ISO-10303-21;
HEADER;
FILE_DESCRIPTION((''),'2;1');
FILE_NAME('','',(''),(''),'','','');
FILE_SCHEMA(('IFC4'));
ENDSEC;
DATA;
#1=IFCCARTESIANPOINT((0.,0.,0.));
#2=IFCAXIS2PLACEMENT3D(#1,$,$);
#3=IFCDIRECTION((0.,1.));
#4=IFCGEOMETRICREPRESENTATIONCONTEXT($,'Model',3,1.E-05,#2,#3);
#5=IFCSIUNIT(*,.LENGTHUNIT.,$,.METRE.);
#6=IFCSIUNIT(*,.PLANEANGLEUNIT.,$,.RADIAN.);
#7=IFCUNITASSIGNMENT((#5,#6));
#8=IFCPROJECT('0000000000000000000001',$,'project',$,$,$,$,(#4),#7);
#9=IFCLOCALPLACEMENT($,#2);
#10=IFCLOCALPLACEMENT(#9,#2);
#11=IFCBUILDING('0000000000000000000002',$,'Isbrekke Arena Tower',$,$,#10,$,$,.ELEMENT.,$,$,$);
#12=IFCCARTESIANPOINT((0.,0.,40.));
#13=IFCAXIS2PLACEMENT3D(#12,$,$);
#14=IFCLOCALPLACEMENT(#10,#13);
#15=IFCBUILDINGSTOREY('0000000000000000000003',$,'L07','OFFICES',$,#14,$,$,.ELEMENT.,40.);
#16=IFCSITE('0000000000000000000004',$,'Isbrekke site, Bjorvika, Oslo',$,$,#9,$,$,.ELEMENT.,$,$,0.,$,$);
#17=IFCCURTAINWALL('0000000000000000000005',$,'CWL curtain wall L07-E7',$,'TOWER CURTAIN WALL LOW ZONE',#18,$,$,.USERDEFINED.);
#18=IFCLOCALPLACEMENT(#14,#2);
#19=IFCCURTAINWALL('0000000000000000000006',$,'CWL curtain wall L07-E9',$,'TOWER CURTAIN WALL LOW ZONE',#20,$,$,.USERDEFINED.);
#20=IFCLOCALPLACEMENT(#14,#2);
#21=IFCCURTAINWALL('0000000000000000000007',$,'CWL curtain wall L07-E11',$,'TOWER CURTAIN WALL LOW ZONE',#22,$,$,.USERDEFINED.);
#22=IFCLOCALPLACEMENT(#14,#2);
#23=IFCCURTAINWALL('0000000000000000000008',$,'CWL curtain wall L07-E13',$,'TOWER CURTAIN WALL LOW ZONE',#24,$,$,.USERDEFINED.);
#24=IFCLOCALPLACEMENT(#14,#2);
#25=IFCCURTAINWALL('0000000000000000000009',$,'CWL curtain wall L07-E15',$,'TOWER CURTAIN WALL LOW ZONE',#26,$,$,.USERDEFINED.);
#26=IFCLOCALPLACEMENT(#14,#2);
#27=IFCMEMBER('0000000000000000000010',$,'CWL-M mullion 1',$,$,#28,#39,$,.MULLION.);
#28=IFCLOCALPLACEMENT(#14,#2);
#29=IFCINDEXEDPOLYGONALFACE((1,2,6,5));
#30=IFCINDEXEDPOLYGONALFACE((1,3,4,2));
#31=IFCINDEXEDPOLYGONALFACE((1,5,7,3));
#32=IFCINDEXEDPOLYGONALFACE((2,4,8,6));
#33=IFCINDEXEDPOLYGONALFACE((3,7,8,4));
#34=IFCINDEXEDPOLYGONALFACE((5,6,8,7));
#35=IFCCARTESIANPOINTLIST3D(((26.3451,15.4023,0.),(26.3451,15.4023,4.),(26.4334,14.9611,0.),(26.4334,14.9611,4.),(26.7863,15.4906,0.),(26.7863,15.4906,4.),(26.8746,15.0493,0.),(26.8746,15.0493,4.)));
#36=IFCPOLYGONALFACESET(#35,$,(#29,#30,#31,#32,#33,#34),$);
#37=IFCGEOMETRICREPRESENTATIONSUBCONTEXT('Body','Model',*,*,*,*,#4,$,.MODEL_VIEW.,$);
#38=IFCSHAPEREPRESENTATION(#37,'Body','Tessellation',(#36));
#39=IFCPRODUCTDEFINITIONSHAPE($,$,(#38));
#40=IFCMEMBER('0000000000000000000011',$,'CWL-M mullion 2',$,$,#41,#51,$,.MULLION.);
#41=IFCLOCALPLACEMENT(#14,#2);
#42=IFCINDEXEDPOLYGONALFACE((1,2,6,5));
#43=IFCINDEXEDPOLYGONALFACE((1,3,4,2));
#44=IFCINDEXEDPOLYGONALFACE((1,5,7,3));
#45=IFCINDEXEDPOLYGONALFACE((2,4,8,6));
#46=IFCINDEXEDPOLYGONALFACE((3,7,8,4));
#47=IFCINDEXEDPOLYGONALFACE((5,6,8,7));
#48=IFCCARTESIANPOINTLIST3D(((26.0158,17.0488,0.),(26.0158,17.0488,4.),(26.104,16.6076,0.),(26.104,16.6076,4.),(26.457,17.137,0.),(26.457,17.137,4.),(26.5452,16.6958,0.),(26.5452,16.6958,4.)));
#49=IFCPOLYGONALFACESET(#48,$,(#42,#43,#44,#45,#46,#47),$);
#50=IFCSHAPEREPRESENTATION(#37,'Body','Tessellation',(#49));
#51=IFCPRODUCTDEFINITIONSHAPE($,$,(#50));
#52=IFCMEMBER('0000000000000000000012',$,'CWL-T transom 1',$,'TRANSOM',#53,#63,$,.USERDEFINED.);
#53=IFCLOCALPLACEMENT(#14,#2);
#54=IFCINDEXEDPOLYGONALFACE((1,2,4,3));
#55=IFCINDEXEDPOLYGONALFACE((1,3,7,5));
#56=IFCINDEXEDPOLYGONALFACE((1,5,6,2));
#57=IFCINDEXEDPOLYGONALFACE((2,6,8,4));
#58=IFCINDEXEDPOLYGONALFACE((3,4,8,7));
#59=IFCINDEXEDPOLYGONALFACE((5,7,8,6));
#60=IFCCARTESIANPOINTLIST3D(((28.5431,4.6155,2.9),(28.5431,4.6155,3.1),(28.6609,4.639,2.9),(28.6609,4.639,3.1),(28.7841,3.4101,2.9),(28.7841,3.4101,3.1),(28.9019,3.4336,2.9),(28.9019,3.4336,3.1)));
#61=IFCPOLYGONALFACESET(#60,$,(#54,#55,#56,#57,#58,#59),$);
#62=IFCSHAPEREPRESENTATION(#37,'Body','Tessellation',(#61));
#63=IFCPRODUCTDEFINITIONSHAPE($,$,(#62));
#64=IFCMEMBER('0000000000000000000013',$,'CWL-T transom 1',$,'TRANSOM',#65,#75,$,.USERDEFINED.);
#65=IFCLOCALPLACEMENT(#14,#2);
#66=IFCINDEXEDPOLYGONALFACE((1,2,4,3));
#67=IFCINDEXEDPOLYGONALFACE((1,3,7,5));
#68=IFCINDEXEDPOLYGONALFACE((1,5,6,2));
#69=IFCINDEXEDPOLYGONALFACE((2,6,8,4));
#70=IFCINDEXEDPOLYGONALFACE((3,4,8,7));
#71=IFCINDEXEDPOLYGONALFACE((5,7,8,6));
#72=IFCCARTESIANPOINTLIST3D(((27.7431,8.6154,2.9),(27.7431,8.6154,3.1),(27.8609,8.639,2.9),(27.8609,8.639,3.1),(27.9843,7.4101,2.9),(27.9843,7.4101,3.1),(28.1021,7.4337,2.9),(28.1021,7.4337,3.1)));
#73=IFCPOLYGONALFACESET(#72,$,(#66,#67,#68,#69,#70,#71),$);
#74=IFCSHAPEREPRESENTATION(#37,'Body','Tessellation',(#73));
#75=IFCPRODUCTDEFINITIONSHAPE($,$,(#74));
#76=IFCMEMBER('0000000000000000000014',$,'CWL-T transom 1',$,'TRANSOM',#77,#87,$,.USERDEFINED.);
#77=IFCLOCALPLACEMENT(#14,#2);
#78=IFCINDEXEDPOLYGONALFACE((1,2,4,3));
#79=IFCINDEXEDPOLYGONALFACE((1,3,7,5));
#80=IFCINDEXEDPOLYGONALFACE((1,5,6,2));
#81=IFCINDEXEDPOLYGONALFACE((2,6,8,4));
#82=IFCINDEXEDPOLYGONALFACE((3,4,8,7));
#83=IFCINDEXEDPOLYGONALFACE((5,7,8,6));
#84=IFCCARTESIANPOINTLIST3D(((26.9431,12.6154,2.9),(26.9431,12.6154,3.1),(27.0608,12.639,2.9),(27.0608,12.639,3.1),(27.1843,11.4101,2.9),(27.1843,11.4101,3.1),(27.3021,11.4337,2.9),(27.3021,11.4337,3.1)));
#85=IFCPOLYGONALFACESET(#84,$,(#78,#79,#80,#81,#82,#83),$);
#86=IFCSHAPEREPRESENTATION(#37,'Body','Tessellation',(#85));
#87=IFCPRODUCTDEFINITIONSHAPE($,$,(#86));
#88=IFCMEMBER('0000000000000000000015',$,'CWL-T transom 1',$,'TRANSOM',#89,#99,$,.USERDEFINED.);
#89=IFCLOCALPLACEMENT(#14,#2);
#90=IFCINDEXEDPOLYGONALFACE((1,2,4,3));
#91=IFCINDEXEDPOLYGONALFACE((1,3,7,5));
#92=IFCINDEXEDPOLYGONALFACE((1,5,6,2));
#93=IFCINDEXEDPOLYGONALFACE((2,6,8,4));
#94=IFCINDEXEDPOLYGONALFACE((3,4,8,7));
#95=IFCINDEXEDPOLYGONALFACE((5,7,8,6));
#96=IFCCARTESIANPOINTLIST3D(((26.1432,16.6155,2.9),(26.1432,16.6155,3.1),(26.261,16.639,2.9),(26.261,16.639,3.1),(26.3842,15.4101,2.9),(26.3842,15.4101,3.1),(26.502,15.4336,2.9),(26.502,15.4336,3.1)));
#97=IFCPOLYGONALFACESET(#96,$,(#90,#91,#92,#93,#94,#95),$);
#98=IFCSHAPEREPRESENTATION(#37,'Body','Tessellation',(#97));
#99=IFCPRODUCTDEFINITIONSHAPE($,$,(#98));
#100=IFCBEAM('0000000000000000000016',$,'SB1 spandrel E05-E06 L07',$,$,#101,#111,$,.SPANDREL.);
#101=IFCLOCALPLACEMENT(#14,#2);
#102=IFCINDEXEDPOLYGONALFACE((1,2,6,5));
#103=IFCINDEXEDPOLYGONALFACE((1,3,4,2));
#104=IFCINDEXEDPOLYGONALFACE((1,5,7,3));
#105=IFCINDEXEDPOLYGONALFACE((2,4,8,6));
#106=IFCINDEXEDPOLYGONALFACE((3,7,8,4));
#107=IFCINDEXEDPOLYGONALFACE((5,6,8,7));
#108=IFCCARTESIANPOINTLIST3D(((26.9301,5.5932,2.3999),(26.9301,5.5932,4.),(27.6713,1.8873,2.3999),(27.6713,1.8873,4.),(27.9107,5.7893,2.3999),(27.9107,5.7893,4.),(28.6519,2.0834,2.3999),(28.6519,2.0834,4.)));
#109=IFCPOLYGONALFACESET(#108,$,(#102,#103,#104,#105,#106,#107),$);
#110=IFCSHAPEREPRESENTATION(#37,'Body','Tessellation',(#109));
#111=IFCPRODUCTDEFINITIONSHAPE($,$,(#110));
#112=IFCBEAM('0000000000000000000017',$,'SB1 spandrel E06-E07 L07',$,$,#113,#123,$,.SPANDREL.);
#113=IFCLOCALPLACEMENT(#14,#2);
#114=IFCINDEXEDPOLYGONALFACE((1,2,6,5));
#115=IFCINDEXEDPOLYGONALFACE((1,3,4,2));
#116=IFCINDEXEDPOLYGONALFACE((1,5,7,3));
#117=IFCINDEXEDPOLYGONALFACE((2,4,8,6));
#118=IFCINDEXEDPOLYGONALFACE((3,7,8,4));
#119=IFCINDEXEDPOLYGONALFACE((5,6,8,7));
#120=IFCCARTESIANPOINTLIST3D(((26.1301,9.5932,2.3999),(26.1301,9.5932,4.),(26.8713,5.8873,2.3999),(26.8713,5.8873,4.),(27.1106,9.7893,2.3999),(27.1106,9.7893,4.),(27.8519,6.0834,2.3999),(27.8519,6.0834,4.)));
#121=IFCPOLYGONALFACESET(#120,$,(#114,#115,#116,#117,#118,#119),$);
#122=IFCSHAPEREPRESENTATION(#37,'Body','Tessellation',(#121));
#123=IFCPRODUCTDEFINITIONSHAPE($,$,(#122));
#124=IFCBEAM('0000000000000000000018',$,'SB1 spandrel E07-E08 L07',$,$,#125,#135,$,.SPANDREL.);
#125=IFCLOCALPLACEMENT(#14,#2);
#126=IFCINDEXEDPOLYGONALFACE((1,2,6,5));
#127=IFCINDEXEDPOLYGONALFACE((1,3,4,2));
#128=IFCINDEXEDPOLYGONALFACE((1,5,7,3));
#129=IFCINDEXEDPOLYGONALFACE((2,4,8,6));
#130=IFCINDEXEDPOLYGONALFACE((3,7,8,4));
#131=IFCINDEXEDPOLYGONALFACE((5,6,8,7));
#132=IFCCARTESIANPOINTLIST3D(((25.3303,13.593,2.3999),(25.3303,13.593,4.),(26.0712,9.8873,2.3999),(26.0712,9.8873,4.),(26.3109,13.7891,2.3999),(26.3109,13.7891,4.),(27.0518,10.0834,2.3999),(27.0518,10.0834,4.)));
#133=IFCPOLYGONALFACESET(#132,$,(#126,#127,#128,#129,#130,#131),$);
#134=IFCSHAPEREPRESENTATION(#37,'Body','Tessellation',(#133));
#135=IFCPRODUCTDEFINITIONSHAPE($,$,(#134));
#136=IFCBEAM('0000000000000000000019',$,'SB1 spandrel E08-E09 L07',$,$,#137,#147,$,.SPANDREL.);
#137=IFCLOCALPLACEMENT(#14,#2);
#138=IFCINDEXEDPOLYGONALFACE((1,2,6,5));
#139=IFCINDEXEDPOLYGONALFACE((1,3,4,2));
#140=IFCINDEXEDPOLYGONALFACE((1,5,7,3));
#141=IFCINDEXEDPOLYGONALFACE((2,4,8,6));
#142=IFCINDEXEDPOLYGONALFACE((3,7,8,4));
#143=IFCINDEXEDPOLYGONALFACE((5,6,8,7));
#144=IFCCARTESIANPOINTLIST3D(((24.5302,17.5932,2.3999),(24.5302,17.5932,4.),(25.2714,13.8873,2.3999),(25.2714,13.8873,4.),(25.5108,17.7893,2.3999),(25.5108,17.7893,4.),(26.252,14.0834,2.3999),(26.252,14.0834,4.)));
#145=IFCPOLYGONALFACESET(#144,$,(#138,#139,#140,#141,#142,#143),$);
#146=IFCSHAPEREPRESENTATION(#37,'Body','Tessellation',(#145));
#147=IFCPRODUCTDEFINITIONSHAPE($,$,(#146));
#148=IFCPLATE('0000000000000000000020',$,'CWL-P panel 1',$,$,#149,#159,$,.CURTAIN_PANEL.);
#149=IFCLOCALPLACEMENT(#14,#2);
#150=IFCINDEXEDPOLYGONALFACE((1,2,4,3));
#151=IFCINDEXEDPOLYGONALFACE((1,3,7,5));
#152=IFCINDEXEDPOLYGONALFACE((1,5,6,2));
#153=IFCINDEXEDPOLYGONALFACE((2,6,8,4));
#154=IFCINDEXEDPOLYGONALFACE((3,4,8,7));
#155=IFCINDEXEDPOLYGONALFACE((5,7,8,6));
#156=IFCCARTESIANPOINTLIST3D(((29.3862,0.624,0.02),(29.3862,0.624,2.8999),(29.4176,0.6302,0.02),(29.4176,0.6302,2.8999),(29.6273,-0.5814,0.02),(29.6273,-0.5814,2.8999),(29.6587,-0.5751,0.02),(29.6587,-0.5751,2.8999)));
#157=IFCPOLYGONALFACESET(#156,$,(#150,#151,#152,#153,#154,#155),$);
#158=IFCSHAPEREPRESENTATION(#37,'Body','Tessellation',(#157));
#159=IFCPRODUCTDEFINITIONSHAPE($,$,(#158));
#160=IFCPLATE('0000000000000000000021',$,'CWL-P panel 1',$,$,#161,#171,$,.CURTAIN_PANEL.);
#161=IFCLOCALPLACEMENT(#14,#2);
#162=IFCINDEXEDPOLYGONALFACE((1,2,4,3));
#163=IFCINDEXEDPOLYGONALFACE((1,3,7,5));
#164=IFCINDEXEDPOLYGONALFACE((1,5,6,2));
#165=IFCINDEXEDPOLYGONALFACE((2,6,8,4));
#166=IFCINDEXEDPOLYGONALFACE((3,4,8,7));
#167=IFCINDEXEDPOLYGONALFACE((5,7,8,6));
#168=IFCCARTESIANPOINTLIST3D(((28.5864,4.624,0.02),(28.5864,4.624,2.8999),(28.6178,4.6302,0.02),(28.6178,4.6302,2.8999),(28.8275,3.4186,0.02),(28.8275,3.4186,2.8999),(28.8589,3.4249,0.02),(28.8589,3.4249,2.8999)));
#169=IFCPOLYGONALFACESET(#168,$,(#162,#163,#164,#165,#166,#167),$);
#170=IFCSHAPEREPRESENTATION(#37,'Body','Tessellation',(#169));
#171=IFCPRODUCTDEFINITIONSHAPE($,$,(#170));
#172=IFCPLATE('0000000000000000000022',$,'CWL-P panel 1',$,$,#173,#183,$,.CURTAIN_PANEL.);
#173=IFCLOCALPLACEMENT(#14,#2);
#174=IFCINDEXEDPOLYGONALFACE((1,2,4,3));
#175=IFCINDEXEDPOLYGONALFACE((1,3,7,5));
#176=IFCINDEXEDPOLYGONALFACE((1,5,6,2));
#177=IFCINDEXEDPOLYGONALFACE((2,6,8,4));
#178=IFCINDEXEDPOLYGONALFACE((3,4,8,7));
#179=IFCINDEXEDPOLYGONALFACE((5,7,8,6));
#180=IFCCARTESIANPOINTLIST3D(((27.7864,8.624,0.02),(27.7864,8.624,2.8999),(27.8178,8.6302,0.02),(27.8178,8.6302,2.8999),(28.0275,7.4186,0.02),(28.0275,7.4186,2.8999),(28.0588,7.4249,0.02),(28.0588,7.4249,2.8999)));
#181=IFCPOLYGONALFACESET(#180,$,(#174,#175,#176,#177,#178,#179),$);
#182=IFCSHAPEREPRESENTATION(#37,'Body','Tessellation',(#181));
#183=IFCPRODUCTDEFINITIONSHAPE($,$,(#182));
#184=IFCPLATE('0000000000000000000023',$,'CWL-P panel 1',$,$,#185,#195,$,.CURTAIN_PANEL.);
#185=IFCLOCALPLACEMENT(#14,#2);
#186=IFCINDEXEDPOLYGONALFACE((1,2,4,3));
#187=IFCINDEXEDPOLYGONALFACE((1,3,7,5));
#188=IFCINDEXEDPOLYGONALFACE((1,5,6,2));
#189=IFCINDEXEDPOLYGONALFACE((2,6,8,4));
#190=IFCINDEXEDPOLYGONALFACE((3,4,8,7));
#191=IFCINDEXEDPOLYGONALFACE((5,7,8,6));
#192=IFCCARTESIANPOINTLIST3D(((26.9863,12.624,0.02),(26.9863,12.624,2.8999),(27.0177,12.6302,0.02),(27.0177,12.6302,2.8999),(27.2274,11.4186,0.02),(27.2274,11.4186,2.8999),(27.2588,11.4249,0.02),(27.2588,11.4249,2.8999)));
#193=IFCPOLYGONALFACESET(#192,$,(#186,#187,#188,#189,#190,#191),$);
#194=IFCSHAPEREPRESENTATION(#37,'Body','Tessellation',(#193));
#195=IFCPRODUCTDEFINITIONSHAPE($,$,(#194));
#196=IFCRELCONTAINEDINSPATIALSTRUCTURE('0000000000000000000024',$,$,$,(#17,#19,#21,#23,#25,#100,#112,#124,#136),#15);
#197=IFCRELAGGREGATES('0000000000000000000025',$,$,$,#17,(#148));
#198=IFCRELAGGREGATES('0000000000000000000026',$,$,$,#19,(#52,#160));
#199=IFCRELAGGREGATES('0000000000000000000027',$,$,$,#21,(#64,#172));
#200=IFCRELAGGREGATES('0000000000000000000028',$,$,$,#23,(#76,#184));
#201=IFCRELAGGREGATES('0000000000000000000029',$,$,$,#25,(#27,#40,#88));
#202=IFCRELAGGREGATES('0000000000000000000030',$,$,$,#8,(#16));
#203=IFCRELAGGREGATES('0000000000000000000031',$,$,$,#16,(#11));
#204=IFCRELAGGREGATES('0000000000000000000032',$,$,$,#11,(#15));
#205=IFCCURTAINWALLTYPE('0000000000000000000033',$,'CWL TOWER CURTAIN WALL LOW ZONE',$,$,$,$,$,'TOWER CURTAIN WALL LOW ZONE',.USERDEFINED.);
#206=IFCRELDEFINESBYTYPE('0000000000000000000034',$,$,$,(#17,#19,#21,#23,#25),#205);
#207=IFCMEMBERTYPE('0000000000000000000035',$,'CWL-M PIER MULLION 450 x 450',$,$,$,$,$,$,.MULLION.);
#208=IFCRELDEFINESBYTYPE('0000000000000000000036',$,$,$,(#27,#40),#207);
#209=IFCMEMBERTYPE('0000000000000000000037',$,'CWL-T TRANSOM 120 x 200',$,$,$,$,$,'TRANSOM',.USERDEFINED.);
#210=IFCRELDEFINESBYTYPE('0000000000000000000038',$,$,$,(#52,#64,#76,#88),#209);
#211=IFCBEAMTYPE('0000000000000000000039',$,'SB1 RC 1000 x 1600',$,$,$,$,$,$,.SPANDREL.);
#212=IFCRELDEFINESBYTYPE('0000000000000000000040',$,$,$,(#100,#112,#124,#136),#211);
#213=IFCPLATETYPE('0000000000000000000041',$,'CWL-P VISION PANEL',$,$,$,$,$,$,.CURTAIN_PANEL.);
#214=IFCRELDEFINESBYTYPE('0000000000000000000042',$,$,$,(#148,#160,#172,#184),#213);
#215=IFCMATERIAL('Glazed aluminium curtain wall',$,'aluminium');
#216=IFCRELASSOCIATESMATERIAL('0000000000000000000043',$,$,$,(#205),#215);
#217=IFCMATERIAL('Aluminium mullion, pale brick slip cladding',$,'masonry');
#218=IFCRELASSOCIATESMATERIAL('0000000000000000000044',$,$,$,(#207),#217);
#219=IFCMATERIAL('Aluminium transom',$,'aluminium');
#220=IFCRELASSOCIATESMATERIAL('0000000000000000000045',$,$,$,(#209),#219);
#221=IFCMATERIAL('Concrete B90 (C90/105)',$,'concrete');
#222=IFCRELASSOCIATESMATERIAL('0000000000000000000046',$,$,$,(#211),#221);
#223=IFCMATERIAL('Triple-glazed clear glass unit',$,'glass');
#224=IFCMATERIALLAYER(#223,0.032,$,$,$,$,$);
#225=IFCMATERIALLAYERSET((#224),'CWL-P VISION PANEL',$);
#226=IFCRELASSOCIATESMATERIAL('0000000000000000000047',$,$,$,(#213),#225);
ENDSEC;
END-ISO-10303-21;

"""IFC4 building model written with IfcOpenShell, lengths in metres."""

from ifc_helpers import new_model, si_unit, direction, frame, origin, origin_2d, place, context, subcontext, project, spatial, rectangle, extrude, material, layer, layer_set, material_profile, profile_set, type_object, element, aggregate, save


model = new_model("IFC4")

# Units and contexts
model_context = context("Model", 3, precision=1e-05, world=origin(), true_north=direction((0.0, 1.0)))
body_context = subcontext(model_context, "Body", "Model", "MODEL_VIEW")
ifc_project = project(units=[si_unit("LENGTHUNIT", "METRE"), si_unit("PLANEANGLEUNIT", "RADIAN")], contexts=[model_context])

# Site, building, storey
site_placement = place(None, origin())
site = spatial("IfcSite", under=ifc_project, at=site_placement, Name="Isbrekke site, Bjorvika, Oslo", CompositionType="ELEMENT", RefElevation=0.0)
building_placement = place(site_placement, origin())
building = spatial("IfcBuilding", under=site, at=building_placement, Name="Isbrekke Arena Tower", CompositionType="ELEMENT")
storey_placement = place(building_placement, frame((0.0, 0.0, 40.0)))
storey = spatial("IfcBuildingStorey", under=building, at=storey_placement, Name="L07", Description="OFFICES", CompositionType="ELEMENT", Elevation=40.0)

# Curtain wall
ifc_material_1 = material(Name="Glazed aluminium curtain wall", Category="aluminium")
curtain_wall_type = type_object("IfcCurtainWallType", Name="CWL TOWER CURTAIN WALL LOW ZONE", ElementType="TOWER CURTAIN WALL LOW ZONE", PredefinedType="USERDEFINED", material=ifc_material_1)
curtain_wall_1_placement = place(storey_placement, origin())
curtain_wall_1 = element("IfcCurtainWall", 1, at=curtain_wall_1_placement, inside=storey, type_object=curtain_wall_type, Name="CWL curtain wall L07-E7", ObjectType="TOWER CURTAIN WALL LOW ZONE", PredefinedType="USERDEFINED")
ifc_material_2 = material(Name="Aluminium mullion, pale brick slip cladding", Category="masonry")
ifc_material_profile_1 = material_profile(ifc_material_2, rectangle(XDim=0.45, YDim=0.45, at=origin_2d()), Name="PIER 450X450")
ifc_profile_set_1 = profile_set([ifc_material_profile_1], Name="Aluminium mullion, pale brick slip cladding")
member_type_1 = type_object("IfcMemberType", Name="CWL-M PIER MULLION 450 x 450", PredefinedType="MULLION", material=ifc_profile_set_1)

# Curtain walls, members
curtain_wall_2_placement = place(storey_placement, origin())
curtain_wall_2 = element("IfcCurtainWall", 2, at=curtain_wall_2_placement, inside=storey, type_object=curtain_wall_type, Name="CWL curtain wall L07-E9", ObjectType="TOWER CURTAIN WALL LOW ZONE", PredefinedType="USERDEFINED")
curtain_wall_3_placement = place(storey_placement, origin())
curtain_wall_3 = element("IfcCurtainWall", 3, at=curtain_wall_3_placement, inside=storey, type_object=curtain_wall_type, Name="CWL curtain wall L07-E11", ObjectType="TOWER CURTAIN WALL LOW ZONE", PredefinedType="USERDEFINED")
curtain_wall_4_placement = place(storey_placement, origin())
curtain_wall_4 = element("IfcCurtainWall", 4, at=curtain_wall_4_placement, inside=storey, type_object=curtain_wall_type, Name="CWL curtain wall L07-E13", ObjectType="TOWER CURTAIN WALL LOW ZONE", PredefinedType="USERDEFINED")
curtain_wall_5_placement = place(storey_placement, origin())
curtain_wall_5 = element("IfcCurtainWall", 5, at=curtain_wall_5_placement, inside=storey, type_object=curtain_wall_type, Name="CWL curtain wall L07-E15", ObjectType="TOWER CURTAIN WALL LOW ZONE", PredefinedType="USERDEFINED")
member_1_placement = place(storey_placement, frame((26.6099, 15.2258, 0.0), z_axis=(0.0, 0.0, 1.0), x_axis=(-0.196116, 0.980581, 0.0)))
member_1 = element("IfcMember", 6, at=member_1_placement, type_object=member_type_1, Name="CWL-M mullion 1", PredefinedType="MULLION", context=body_context, shape_type="SweptSolid", body=[
    extrude(rectangle(XDim=0.45, YDim=0.45, at=origin_2d()), origin(), (0.0, 0.0, 1.0), 4.0),
])
member_2_placement = place(storey_placement, frame((26.2805, 16.8723, 0.0), z_axis=(0.0, 0.0, 1.0), x_axis=(-0.196116, 0.980581, 0.0)))
member_2 = element("IfcMember", 7, at=member_2_placement, type_object=member_type_1, Name="CWL-M mullion 2", PredefinedType="MULLION", context=body_context, shape_type="SweptSolid", body=[
    extrude(rectangle(XDim=0.45, YDim=0.45, at=origin_2d()), origin(), (0.0, 0.0, 1.0), 4.0),
])

# Members
ifc_material_3 = material(Name="Aluminium transom", Category="aluminium")
ifc_material_profile_2 = material_profile(ifc_material_3, rectangle(XDim=0.1201, YDim=0.2, at=origin_2d()), Name="TRANSOM 120X200")
ifc_profile_set_2 = profile_set([ifc_material_profile_2], Name="Aluminium transom")
member_type_2 = type_object("IfcMemberType", Name="CWL-T TRANSOM 120 x 200", ElementType="TRANSOM", PredefinedType="USERDEFINED", material=ifc_profile_set_2)
member_3_placement = place(storey_placement, frame((28.843, 3.4219, 3.0), z_axis=(-0.19604, 0.980596, 0.0), x_axis=(-0.980596, -0.19604, 0.0)))
member_3 = element("IfcMember", 8, at=member_3_placement, type_object=member_type_2, Name="CWL-T transom 1", ObjectType="TRANSOM", PredefinedType="USERDEFINED", context=body_context, shape_type="SweptSolid", body=[
    extrude(rectangle(XDim=0.1201, YDim=0.2, at=origin_2d()), origin(), (0.0, 0.0, 1.0), 1.2292),
])
member_4_placement = place(storey_placement, frame((28.0432, 7.4219, 3.0), z_axis=(-0.196231, 0.980558, 0.0), x_axis=(-0.980558, -0.196231, 0.0)))
member_4 = element("IfcMember", 9, at=member_4_placement, type_object=member_type_2, Name="CWL-T transom 1", ObjectType="TRANSOM", PredefinedType="USERDEFINED", context=body_context, shape_type="SweptSolid", body=[
    extrude(rectangle(XDim=0.1201, YDim=0.2, at=origin_2d()), origin(), (0.0, 0.0, 1.0), 1.2292),
])
member_5_placement = place(storey_placement, frame((27.2432, 11.4219, 3.0), z_axis=(-0.196231, 0.980558, 0.0), x_axis=(-0.980558, -0.196231, 0.0)))
member_5 = element("IfcMember", 10, at=member_5_placement, type_object=member_type_2, Name="CWL-T transom 1", ObjectType="TRANSOM", PredefinedType="USERDEFINED", context=body_context, shape_type="SweptSolid", body=[
    extrude(rectangle(XDim=0.1201, YDim=0.2, at=origin_2d()), origin(), (0.0, 0.0, 1.0), 1.2292),
])
member_6_placement = place(storey_placement, frame((26.4431, 15.4219, 3.0), z_axis=(-0.19604, 0.980596, 0.0), x_axis=(-0.980596, -0.19604, 0.0)))
member_6 = element("IfcMember", 11, at=member_6_placement, type_object=member_type_2, Name="CWL-T transom 1", ObjectType="TRANSOM", PredefinedType="USERDEFINED", context=body_context, shape_type="SweptSolid", body=[
    extrude(rectangle(XDim=0.1201, YDim=0.2, at=origin_2d()), origin(), (0.0, 0.0, 1.0), 1.2292),
])

# Beams
ifc_material_4 = material(Name="Concrete B90 (C90/105)", Category="concrete")
ifc_material_profile_3 = material_profile(ifc_material_4, rectangle(XDim=1.0, YDim=1.6001, at=origin_2d()), Name="RC 1000x1600")
ifc_profile_set_3 = profile_set([ifc_material_profile_3], Name="Concrete B90 (C90/105)")
beam_type_1 = type_object("IfcBeamType", Name="SB1 RC 1000 x 1600", PredefinedType="SPANDREL", material=ifc_profile_set_3)
for number, where, z_axis, x_axis, name in (
    (12, (28.1616, 1.9854, 3.2), (-0.196129, 0.980578, 0.0), (-0.980578, -0.196129, 0.0), "SB1 spandrel E05-E06 L07"),
    (13, (27.3616, 5.9854, 3.2), (-0.196129, 0.980578, 0.0), (-0.980578, -0.196129, 0.0), "SB1 spandrel E06-E07 L07"),
):
    element("IfcBeam", number, at=place(storey_placement, frame(where, z_axis=z_axis, x_axis=x_axis)), inside=storey, type_object=beam_type_1, Name=name, PredefinedType="SPANDREL", context=body_context, shape_type="SweptSolid", body=[
        extrude(rectangle(XDim=1.0, YDim=1.6001, at=origin_2d()), origin(), (0.0, 0.0, 1.0), 3.7793),
    ])
beam_1_placement = place(storey_placement, frame((26.5615, 9.9854, 3.2), z_axis=(-0.196066, 0.980591, 0.0), x_axis=(-0.980591, -0.196066, 0.0)))
element("IfcBeam", 14, at=beam_1_placement, inside=storey, type_object=beam_type_1, Name="SB1 spandrel E07-E08 L07", PredefinedType="SPANDREL", context=body_context, shape_type="SweptSolid", body=[
    extrude(rectangle(XDim=1.0, YDim=1.6001, at=origin_2d()), origin(), (0.0, 0.0, 1.0), 3.7791),
])
beam_2_placement = place(storey_placement, frame((25.7617, 13.9854, 3.2), z_axis=(-0.196129, 0.980578, 0.0), x_axis=(-0.980578, -0.196129, 0.0)))
element("IfcBeam", 15, at=beam_2_placement, inside=storey, type_object=beam_type_1, Name="SB1 spandrel E08-E09 L07", PredefinedType="SPANDREL", context=body_context, shape_type="SweptSolid", body=[
    extrude(rectangle(XDim=1.0, YDim=1.6001, at=origin_2d()), origin(), (0.0, 0.0, 1.0), 3.7793),
])

# Plates
ifc_material_5 = material(Name="Triple-glazed clear glass unit", Category="glass")
ifc_layer = layer(ifc_material_5, 0.032)
ifc_layer_set = layer_set([ifc_layer], Name="CWL-P VISION PANEL")
plate_type = type_object("IfcPlateType", Name="CWL-P VISION PANEL", PredefinedType="CURTAIN_PANEL", material=ifc_layer_set)
plate_1_placement = place(storey_placement, frame((29.5225, 0.0244, 0.02), z_axis=(0.0, 0.0, 1.0), x_axis=(-0.196116, 0.980581, 0.0)))
plate_1 = element("IfcPlate", 16, at=plate_1_placement, type_object=plate_type, Name="CWL-P panel 1", PredefinedType="CURTAIN_PANEL", context=body_context, shape_type="SweptSolid", body=[
    extrude(rectangle(XDim=1.2292, YDim=0.032, at=origin_2d()), origin(), (0.0, 0.0, 1.0), 2.8799),
])
aggregate(curtain_wall_1, [plate_1])
plate_2_placement = place(storey_placement, frame((28.7227, 4.0244, 0.02), z_axis=(0.0, 0.0, 1.0), x_axis=(-0.196116, 0.980581, 0.0)))
plate_2 = element("IfcPlate", 17, at=plate_2_placement, type_object=plate_type, Name="CWL-P panel 1", PredefinedType="CURTAIN_PANEL", context=body_context, shape_type="SweptSolid", body=[
    extrude(rectangle(XDim=1.2292, YDim=0.032, at=origin_2d()), origin(), (0.0, 0.0, 1.0), 2.8799),
])
aggregate(curtain_wall_2, [member_3, plate_2])
plate_3_placement = place(storey_placement, frame((27.9226, 8.0244, 0.02), z_axis=(0.0, 0.0, 1.0), x_axis=(-0.196116, 0.980581, 0.0)))
plate_3 = element("IfcPlate", 18, at=plate_3_placement, type_object=plate_type, Name="CWL-P panel 1", PredefinedType="CURTAIN_PANEL", context=body_context, shape_type="SweptSolid", body=[
    extrude(rectangle(XDim=1.2292, YDim=0.032, at=origin_2d()), origin(), (0.0, 0.0, 1.0), 2.8799),
])
aggregate(curtain_wall_3, [member_4, plate_3])
plate_4_placement = place(storey_placement, frame((27.1226, 12.0244, 0.02), z_axis=(0.0, 0.0, 1.0), x_axis=(-0.196116, 0.980581, 0.0)))
plate_4 = element("IfcPlate", 19, at=plate_4_placement, type_object=plate_type, Name="CWL-P panel 1", PredefinedType="CURTAIN_PANEL", context=body_context, shape_type="SweptSolid", body=[
    extrude(rectangle(XDim=1.2292, YDim=0.032, at=origin_2d()), origin(), (0.0, 0.0, 1.0), 2.8799),
])
aggregate(curtain_wall_4, [member_5, plate_4])
aggregate(curtain_wall_5, [member_1, member_2, member_6])

save(model, "model.ifc")
